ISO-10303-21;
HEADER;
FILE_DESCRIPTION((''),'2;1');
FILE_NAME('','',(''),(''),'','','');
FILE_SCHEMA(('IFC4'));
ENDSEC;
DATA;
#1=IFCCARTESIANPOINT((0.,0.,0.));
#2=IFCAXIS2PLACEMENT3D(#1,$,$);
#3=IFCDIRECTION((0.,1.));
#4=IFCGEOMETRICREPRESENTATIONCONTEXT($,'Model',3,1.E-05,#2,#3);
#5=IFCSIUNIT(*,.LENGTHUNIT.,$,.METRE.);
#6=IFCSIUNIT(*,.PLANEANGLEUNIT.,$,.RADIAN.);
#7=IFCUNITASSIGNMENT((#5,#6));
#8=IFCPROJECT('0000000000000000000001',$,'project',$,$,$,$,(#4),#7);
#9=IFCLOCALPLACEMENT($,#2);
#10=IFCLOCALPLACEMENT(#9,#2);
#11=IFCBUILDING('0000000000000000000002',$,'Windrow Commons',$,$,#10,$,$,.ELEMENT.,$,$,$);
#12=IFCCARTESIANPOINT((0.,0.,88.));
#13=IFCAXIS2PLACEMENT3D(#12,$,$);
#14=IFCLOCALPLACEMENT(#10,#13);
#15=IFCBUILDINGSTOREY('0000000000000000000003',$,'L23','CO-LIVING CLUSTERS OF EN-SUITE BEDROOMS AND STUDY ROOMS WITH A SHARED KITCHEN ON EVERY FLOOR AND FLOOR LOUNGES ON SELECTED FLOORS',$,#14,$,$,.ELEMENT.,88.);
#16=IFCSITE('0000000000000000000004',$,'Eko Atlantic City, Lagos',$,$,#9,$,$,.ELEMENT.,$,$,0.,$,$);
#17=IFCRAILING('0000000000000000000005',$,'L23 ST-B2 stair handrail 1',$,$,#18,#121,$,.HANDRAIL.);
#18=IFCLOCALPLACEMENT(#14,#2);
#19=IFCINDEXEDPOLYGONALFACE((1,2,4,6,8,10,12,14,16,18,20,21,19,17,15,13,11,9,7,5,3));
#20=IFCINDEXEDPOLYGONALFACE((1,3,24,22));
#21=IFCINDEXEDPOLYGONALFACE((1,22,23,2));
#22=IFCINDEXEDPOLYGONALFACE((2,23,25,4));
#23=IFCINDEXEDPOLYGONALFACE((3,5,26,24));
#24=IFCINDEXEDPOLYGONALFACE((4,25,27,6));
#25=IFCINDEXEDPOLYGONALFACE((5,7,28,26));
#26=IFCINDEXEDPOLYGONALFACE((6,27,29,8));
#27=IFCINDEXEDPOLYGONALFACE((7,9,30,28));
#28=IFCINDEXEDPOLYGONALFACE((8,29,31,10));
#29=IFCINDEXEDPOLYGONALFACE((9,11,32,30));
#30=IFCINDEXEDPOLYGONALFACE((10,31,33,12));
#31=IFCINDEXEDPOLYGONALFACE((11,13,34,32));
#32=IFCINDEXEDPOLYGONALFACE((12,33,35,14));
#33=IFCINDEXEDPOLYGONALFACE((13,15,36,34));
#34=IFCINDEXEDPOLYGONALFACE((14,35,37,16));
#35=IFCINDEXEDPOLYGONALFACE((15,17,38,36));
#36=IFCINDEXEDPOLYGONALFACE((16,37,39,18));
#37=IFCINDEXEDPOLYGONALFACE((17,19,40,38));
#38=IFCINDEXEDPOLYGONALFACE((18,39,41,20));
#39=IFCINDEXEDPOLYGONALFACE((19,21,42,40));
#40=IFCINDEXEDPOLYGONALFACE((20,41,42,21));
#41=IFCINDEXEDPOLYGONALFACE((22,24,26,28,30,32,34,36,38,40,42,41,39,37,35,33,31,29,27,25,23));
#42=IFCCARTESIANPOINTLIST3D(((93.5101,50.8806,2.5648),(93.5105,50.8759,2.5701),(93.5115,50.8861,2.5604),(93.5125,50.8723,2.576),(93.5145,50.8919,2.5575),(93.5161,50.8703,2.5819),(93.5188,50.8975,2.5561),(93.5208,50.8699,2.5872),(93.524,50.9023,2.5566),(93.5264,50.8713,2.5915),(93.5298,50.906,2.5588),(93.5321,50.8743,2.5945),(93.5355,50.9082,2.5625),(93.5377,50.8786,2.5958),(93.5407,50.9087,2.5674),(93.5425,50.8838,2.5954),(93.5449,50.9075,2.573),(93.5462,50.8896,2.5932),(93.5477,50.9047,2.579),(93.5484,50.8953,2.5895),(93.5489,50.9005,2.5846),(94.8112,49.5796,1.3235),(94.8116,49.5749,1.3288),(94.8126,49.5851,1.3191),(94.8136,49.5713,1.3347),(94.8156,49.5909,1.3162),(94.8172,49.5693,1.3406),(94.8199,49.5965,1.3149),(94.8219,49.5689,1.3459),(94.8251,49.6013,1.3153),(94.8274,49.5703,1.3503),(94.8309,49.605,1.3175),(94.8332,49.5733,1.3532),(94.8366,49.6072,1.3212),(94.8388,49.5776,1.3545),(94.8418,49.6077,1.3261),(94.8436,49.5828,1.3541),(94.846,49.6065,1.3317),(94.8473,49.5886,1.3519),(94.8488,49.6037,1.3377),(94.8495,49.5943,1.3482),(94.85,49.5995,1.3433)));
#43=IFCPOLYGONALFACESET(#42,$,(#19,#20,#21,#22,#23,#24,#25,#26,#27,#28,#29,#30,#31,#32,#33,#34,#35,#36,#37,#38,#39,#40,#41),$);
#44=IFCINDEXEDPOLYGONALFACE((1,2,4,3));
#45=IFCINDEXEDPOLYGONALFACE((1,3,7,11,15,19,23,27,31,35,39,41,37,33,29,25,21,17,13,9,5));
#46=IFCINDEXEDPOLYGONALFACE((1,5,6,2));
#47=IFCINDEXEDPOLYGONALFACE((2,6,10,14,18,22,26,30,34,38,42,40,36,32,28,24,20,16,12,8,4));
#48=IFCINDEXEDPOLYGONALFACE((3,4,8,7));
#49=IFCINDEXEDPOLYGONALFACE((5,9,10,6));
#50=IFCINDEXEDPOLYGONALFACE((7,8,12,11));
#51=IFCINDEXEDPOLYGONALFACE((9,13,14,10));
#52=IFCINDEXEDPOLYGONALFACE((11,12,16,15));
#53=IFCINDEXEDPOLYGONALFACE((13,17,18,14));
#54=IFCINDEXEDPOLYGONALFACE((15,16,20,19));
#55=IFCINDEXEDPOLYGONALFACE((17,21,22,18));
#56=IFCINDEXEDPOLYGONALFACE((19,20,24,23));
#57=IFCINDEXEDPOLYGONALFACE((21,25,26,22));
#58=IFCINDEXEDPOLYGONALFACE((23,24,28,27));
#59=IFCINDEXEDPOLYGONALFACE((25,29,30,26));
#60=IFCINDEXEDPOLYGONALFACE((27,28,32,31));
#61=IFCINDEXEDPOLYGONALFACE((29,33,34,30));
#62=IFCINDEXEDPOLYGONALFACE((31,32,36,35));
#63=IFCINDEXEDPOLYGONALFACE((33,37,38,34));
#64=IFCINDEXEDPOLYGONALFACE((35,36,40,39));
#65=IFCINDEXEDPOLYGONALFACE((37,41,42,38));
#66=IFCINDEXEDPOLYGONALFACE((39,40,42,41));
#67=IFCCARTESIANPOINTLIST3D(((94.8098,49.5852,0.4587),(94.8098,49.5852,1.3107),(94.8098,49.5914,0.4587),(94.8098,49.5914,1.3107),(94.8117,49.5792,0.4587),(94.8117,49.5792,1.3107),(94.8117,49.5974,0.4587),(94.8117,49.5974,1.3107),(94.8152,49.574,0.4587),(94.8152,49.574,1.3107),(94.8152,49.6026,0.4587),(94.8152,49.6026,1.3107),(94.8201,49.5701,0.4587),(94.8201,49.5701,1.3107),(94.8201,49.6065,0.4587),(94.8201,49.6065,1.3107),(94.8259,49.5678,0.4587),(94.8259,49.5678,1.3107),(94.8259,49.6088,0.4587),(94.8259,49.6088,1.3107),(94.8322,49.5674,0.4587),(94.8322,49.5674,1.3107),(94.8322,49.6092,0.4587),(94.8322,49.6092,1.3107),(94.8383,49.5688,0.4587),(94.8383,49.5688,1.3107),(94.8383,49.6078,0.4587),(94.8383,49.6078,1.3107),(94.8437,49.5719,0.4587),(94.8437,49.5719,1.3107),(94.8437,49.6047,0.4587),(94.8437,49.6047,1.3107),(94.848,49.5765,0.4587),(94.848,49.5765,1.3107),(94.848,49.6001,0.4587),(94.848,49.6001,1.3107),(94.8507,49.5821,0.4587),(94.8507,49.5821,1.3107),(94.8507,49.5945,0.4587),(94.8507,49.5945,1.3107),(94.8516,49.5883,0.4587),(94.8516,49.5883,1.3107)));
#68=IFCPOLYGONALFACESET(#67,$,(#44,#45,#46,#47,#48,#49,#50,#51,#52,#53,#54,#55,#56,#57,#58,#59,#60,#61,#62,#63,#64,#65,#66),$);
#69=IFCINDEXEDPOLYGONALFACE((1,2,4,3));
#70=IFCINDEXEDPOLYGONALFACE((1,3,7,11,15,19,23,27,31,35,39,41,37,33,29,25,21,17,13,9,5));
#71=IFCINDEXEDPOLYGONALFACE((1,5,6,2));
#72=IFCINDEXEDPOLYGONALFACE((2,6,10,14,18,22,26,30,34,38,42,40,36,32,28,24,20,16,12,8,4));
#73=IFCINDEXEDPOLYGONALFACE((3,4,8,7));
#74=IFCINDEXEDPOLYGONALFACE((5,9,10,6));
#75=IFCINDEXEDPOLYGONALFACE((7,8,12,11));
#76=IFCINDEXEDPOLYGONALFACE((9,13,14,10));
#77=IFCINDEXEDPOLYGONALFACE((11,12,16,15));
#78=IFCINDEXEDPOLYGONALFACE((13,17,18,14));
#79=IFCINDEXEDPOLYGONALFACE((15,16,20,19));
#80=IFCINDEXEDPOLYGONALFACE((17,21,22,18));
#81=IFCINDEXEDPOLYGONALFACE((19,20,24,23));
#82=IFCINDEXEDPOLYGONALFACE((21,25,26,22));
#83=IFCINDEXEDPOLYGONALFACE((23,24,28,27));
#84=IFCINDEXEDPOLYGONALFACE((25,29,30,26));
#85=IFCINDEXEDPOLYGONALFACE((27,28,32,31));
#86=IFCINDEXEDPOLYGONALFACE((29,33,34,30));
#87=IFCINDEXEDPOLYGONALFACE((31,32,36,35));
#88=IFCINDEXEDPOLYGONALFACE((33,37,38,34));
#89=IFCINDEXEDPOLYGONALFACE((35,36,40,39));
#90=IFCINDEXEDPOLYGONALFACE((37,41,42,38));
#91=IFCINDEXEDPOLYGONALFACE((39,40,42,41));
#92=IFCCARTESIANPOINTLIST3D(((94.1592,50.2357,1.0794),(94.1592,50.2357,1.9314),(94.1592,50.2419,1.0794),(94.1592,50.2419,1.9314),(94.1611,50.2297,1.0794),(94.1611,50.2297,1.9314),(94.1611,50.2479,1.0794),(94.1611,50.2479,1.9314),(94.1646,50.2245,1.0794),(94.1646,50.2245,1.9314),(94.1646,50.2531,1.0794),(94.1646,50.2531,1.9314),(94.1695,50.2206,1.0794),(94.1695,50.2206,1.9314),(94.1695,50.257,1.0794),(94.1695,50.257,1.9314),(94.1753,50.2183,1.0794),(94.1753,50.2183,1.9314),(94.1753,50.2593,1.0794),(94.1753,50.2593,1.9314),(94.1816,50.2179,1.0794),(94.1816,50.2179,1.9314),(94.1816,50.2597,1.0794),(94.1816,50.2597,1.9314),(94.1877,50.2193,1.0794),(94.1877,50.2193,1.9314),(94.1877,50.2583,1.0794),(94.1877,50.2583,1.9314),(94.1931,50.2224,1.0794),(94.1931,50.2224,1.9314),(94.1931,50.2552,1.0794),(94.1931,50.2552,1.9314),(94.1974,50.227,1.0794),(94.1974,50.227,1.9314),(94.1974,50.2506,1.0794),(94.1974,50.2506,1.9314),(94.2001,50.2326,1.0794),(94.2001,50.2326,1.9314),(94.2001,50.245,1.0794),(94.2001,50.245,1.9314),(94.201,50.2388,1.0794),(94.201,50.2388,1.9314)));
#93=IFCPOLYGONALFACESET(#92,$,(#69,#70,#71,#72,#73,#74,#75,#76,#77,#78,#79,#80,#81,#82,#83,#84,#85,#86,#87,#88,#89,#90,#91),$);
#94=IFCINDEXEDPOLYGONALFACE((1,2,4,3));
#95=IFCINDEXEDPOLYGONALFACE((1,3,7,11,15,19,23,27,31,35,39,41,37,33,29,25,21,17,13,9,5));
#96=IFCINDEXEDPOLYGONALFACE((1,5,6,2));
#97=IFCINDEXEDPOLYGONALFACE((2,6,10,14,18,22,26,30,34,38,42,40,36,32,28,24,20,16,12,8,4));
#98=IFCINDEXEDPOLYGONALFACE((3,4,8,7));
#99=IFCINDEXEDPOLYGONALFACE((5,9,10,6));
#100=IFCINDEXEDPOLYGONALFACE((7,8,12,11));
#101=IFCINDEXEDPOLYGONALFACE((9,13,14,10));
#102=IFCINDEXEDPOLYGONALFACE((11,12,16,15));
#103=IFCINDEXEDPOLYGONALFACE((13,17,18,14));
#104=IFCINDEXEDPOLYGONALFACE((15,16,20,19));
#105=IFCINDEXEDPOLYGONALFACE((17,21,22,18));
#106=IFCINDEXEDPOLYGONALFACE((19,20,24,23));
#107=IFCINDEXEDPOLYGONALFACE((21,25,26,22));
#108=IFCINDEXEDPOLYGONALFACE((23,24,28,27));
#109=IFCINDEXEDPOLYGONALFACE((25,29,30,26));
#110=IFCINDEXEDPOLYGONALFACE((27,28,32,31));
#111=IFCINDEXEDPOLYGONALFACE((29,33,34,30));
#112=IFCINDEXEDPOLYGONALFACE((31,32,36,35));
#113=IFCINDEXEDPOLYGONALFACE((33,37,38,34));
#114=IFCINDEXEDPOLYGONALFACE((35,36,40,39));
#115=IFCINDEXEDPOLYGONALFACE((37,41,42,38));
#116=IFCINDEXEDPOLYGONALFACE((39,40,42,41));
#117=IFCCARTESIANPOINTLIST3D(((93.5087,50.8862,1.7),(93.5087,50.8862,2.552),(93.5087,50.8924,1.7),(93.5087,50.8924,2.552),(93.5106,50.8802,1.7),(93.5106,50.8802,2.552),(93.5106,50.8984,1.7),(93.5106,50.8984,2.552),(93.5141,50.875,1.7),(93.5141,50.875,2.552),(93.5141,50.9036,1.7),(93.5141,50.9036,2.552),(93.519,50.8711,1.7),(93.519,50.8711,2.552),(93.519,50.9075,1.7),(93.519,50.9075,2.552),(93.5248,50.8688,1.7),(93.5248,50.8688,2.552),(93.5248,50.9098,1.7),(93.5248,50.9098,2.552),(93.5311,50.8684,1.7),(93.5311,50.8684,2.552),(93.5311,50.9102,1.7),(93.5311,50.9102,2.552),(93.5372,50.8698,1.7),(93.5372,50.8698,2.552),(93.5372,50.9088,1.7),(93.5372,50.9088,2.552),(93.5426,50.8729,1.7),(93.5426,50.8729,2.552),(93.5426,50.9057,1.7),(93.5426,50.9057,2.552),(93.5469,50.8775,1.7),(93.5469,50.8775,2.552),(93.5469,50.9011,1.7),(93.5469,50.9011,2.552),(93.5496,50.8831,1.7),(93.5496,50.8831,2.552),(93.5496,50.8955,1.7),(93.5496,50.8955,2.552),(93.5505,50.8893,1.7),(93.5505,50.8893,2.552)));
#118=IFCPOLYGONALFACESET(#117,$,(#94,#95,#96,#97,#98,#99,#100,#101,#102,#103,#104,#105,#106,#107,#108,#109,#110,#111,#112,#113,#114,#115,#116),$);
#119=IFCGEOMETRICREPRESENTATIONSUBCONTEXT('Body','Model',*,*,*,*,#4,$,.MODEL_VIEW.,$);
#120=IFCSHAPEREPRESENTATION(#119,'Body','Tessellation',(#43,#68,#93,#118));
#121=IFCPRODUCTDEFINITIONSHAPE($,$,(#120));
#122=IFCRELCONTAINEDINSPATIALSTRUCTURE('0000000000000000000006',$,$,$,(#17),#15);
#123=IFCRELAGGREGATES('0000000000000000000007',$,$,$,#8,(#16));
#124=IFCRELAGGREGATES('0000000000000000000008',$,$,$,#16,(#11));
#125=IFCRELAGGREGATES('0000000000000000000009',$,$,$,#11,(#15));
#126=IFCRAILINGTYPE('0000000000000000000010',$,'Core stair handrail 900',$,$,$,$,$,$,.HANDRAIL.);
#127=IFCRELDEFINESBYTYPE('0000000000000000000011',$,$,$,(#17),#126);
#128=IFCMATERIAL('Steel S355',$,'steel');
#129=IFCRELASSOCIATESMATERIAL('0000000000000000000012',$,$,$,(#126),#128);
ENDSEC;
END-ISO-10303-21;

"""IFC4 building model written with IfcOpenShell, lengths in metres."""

from ifc_helpers import new_model, si_unit, direction, frame, origin, origin_2d, place, context, subcontext, project, spatial, circle, extrude, material, type_object, element, save


model = new_model("IFC4")

# Units and contexts
model_context = context("Model", 3, precision=1e-05, world=origin(), true_north=direction((0.0, 1.0)))
body_context = subcontext(model_context, "Body", "Model", "MODEL_VIEW")
ifc_project = project(units=[si_unit("LENGTHUNIT", "METRE"), si_unit("PLANEANGLEUNIT", "RADIAN")], contexts=[model_context])

# Site, building, storey
site_placement = place(None, origin())
site = spatial("IfcSite", under=ifc_project, at=site_placement, Name="Eko Atlantic City, Lagos", CompositionType="ELEMENT", RefElevation=0.0)
building_placement = place(site_placement, origin())
building = spatial("IfcBuilding", under=site, at=building_placement, Name="Windrow Commons", CompositionType="ELEMENT")
storey_placement = place(building_placement, frame((0.0, 0.0, 88.0)))
storey = spatial("IfcBuildingStorey", under=building, at=storey_placement, Name="L23", Description="CO-LIVING CLUSTERS OF EN-SUITE BEDROOMS AND STUDY ROOMS WITH A SHARED KITCHEN ON EVERY FLOOR AND FLOOR LOUNGES ON SELECTED FLOORS", CompositionType="ELEMENT", Elevation=88.0)

# Railing
ifc_material_1 = material(Name="Steel S355", Category="steel")
railing_type_1 = type_object("IfcRailingType", Name="Core stair handrail 900", PredefinedType="HANDRAIL", material=ifc_material_1)
railing_1_placement = place(storey_placement, frame((94.8306, 49.5883, 0.4587)))
element("IfcRailing", 1, at=railing_1_placement, inside=storey, type_object=railing_type_1, Name="L23 ST-B2 stair handrail 1", PredefinedType="HANDRAIL", context=body_context, shape_type="SweptSolid", body=[
    extrude(circle(Radius=0.024, at=origin_2d()), frame((0.0, 0.0, 0.876), z_axis=(-0.586207, 0.586162, 0.559264), x_axis=(-0.70708, -0.707134, 0.0)), (0.0, 0.0, 1.0), 2.2195),
    extrude(circle(Radius=0.021, at=origin_2d()), origin(), (0.0, 0.0, 1.0), 0.852),
    extrude(circle(Radius=0.021, at=origin_2d()), frame((-0.6506, 0.6505, 0.6207)), (0.0, 0.0, 1.0), 0.852),
    extrude(circle(Radius=0.021, at=origin_2d()), frame((-1.3011, 1.301, 1.2413)), (0.0, 0.0, 1.0), 0.852),
])

save(model, "model.ifc")
